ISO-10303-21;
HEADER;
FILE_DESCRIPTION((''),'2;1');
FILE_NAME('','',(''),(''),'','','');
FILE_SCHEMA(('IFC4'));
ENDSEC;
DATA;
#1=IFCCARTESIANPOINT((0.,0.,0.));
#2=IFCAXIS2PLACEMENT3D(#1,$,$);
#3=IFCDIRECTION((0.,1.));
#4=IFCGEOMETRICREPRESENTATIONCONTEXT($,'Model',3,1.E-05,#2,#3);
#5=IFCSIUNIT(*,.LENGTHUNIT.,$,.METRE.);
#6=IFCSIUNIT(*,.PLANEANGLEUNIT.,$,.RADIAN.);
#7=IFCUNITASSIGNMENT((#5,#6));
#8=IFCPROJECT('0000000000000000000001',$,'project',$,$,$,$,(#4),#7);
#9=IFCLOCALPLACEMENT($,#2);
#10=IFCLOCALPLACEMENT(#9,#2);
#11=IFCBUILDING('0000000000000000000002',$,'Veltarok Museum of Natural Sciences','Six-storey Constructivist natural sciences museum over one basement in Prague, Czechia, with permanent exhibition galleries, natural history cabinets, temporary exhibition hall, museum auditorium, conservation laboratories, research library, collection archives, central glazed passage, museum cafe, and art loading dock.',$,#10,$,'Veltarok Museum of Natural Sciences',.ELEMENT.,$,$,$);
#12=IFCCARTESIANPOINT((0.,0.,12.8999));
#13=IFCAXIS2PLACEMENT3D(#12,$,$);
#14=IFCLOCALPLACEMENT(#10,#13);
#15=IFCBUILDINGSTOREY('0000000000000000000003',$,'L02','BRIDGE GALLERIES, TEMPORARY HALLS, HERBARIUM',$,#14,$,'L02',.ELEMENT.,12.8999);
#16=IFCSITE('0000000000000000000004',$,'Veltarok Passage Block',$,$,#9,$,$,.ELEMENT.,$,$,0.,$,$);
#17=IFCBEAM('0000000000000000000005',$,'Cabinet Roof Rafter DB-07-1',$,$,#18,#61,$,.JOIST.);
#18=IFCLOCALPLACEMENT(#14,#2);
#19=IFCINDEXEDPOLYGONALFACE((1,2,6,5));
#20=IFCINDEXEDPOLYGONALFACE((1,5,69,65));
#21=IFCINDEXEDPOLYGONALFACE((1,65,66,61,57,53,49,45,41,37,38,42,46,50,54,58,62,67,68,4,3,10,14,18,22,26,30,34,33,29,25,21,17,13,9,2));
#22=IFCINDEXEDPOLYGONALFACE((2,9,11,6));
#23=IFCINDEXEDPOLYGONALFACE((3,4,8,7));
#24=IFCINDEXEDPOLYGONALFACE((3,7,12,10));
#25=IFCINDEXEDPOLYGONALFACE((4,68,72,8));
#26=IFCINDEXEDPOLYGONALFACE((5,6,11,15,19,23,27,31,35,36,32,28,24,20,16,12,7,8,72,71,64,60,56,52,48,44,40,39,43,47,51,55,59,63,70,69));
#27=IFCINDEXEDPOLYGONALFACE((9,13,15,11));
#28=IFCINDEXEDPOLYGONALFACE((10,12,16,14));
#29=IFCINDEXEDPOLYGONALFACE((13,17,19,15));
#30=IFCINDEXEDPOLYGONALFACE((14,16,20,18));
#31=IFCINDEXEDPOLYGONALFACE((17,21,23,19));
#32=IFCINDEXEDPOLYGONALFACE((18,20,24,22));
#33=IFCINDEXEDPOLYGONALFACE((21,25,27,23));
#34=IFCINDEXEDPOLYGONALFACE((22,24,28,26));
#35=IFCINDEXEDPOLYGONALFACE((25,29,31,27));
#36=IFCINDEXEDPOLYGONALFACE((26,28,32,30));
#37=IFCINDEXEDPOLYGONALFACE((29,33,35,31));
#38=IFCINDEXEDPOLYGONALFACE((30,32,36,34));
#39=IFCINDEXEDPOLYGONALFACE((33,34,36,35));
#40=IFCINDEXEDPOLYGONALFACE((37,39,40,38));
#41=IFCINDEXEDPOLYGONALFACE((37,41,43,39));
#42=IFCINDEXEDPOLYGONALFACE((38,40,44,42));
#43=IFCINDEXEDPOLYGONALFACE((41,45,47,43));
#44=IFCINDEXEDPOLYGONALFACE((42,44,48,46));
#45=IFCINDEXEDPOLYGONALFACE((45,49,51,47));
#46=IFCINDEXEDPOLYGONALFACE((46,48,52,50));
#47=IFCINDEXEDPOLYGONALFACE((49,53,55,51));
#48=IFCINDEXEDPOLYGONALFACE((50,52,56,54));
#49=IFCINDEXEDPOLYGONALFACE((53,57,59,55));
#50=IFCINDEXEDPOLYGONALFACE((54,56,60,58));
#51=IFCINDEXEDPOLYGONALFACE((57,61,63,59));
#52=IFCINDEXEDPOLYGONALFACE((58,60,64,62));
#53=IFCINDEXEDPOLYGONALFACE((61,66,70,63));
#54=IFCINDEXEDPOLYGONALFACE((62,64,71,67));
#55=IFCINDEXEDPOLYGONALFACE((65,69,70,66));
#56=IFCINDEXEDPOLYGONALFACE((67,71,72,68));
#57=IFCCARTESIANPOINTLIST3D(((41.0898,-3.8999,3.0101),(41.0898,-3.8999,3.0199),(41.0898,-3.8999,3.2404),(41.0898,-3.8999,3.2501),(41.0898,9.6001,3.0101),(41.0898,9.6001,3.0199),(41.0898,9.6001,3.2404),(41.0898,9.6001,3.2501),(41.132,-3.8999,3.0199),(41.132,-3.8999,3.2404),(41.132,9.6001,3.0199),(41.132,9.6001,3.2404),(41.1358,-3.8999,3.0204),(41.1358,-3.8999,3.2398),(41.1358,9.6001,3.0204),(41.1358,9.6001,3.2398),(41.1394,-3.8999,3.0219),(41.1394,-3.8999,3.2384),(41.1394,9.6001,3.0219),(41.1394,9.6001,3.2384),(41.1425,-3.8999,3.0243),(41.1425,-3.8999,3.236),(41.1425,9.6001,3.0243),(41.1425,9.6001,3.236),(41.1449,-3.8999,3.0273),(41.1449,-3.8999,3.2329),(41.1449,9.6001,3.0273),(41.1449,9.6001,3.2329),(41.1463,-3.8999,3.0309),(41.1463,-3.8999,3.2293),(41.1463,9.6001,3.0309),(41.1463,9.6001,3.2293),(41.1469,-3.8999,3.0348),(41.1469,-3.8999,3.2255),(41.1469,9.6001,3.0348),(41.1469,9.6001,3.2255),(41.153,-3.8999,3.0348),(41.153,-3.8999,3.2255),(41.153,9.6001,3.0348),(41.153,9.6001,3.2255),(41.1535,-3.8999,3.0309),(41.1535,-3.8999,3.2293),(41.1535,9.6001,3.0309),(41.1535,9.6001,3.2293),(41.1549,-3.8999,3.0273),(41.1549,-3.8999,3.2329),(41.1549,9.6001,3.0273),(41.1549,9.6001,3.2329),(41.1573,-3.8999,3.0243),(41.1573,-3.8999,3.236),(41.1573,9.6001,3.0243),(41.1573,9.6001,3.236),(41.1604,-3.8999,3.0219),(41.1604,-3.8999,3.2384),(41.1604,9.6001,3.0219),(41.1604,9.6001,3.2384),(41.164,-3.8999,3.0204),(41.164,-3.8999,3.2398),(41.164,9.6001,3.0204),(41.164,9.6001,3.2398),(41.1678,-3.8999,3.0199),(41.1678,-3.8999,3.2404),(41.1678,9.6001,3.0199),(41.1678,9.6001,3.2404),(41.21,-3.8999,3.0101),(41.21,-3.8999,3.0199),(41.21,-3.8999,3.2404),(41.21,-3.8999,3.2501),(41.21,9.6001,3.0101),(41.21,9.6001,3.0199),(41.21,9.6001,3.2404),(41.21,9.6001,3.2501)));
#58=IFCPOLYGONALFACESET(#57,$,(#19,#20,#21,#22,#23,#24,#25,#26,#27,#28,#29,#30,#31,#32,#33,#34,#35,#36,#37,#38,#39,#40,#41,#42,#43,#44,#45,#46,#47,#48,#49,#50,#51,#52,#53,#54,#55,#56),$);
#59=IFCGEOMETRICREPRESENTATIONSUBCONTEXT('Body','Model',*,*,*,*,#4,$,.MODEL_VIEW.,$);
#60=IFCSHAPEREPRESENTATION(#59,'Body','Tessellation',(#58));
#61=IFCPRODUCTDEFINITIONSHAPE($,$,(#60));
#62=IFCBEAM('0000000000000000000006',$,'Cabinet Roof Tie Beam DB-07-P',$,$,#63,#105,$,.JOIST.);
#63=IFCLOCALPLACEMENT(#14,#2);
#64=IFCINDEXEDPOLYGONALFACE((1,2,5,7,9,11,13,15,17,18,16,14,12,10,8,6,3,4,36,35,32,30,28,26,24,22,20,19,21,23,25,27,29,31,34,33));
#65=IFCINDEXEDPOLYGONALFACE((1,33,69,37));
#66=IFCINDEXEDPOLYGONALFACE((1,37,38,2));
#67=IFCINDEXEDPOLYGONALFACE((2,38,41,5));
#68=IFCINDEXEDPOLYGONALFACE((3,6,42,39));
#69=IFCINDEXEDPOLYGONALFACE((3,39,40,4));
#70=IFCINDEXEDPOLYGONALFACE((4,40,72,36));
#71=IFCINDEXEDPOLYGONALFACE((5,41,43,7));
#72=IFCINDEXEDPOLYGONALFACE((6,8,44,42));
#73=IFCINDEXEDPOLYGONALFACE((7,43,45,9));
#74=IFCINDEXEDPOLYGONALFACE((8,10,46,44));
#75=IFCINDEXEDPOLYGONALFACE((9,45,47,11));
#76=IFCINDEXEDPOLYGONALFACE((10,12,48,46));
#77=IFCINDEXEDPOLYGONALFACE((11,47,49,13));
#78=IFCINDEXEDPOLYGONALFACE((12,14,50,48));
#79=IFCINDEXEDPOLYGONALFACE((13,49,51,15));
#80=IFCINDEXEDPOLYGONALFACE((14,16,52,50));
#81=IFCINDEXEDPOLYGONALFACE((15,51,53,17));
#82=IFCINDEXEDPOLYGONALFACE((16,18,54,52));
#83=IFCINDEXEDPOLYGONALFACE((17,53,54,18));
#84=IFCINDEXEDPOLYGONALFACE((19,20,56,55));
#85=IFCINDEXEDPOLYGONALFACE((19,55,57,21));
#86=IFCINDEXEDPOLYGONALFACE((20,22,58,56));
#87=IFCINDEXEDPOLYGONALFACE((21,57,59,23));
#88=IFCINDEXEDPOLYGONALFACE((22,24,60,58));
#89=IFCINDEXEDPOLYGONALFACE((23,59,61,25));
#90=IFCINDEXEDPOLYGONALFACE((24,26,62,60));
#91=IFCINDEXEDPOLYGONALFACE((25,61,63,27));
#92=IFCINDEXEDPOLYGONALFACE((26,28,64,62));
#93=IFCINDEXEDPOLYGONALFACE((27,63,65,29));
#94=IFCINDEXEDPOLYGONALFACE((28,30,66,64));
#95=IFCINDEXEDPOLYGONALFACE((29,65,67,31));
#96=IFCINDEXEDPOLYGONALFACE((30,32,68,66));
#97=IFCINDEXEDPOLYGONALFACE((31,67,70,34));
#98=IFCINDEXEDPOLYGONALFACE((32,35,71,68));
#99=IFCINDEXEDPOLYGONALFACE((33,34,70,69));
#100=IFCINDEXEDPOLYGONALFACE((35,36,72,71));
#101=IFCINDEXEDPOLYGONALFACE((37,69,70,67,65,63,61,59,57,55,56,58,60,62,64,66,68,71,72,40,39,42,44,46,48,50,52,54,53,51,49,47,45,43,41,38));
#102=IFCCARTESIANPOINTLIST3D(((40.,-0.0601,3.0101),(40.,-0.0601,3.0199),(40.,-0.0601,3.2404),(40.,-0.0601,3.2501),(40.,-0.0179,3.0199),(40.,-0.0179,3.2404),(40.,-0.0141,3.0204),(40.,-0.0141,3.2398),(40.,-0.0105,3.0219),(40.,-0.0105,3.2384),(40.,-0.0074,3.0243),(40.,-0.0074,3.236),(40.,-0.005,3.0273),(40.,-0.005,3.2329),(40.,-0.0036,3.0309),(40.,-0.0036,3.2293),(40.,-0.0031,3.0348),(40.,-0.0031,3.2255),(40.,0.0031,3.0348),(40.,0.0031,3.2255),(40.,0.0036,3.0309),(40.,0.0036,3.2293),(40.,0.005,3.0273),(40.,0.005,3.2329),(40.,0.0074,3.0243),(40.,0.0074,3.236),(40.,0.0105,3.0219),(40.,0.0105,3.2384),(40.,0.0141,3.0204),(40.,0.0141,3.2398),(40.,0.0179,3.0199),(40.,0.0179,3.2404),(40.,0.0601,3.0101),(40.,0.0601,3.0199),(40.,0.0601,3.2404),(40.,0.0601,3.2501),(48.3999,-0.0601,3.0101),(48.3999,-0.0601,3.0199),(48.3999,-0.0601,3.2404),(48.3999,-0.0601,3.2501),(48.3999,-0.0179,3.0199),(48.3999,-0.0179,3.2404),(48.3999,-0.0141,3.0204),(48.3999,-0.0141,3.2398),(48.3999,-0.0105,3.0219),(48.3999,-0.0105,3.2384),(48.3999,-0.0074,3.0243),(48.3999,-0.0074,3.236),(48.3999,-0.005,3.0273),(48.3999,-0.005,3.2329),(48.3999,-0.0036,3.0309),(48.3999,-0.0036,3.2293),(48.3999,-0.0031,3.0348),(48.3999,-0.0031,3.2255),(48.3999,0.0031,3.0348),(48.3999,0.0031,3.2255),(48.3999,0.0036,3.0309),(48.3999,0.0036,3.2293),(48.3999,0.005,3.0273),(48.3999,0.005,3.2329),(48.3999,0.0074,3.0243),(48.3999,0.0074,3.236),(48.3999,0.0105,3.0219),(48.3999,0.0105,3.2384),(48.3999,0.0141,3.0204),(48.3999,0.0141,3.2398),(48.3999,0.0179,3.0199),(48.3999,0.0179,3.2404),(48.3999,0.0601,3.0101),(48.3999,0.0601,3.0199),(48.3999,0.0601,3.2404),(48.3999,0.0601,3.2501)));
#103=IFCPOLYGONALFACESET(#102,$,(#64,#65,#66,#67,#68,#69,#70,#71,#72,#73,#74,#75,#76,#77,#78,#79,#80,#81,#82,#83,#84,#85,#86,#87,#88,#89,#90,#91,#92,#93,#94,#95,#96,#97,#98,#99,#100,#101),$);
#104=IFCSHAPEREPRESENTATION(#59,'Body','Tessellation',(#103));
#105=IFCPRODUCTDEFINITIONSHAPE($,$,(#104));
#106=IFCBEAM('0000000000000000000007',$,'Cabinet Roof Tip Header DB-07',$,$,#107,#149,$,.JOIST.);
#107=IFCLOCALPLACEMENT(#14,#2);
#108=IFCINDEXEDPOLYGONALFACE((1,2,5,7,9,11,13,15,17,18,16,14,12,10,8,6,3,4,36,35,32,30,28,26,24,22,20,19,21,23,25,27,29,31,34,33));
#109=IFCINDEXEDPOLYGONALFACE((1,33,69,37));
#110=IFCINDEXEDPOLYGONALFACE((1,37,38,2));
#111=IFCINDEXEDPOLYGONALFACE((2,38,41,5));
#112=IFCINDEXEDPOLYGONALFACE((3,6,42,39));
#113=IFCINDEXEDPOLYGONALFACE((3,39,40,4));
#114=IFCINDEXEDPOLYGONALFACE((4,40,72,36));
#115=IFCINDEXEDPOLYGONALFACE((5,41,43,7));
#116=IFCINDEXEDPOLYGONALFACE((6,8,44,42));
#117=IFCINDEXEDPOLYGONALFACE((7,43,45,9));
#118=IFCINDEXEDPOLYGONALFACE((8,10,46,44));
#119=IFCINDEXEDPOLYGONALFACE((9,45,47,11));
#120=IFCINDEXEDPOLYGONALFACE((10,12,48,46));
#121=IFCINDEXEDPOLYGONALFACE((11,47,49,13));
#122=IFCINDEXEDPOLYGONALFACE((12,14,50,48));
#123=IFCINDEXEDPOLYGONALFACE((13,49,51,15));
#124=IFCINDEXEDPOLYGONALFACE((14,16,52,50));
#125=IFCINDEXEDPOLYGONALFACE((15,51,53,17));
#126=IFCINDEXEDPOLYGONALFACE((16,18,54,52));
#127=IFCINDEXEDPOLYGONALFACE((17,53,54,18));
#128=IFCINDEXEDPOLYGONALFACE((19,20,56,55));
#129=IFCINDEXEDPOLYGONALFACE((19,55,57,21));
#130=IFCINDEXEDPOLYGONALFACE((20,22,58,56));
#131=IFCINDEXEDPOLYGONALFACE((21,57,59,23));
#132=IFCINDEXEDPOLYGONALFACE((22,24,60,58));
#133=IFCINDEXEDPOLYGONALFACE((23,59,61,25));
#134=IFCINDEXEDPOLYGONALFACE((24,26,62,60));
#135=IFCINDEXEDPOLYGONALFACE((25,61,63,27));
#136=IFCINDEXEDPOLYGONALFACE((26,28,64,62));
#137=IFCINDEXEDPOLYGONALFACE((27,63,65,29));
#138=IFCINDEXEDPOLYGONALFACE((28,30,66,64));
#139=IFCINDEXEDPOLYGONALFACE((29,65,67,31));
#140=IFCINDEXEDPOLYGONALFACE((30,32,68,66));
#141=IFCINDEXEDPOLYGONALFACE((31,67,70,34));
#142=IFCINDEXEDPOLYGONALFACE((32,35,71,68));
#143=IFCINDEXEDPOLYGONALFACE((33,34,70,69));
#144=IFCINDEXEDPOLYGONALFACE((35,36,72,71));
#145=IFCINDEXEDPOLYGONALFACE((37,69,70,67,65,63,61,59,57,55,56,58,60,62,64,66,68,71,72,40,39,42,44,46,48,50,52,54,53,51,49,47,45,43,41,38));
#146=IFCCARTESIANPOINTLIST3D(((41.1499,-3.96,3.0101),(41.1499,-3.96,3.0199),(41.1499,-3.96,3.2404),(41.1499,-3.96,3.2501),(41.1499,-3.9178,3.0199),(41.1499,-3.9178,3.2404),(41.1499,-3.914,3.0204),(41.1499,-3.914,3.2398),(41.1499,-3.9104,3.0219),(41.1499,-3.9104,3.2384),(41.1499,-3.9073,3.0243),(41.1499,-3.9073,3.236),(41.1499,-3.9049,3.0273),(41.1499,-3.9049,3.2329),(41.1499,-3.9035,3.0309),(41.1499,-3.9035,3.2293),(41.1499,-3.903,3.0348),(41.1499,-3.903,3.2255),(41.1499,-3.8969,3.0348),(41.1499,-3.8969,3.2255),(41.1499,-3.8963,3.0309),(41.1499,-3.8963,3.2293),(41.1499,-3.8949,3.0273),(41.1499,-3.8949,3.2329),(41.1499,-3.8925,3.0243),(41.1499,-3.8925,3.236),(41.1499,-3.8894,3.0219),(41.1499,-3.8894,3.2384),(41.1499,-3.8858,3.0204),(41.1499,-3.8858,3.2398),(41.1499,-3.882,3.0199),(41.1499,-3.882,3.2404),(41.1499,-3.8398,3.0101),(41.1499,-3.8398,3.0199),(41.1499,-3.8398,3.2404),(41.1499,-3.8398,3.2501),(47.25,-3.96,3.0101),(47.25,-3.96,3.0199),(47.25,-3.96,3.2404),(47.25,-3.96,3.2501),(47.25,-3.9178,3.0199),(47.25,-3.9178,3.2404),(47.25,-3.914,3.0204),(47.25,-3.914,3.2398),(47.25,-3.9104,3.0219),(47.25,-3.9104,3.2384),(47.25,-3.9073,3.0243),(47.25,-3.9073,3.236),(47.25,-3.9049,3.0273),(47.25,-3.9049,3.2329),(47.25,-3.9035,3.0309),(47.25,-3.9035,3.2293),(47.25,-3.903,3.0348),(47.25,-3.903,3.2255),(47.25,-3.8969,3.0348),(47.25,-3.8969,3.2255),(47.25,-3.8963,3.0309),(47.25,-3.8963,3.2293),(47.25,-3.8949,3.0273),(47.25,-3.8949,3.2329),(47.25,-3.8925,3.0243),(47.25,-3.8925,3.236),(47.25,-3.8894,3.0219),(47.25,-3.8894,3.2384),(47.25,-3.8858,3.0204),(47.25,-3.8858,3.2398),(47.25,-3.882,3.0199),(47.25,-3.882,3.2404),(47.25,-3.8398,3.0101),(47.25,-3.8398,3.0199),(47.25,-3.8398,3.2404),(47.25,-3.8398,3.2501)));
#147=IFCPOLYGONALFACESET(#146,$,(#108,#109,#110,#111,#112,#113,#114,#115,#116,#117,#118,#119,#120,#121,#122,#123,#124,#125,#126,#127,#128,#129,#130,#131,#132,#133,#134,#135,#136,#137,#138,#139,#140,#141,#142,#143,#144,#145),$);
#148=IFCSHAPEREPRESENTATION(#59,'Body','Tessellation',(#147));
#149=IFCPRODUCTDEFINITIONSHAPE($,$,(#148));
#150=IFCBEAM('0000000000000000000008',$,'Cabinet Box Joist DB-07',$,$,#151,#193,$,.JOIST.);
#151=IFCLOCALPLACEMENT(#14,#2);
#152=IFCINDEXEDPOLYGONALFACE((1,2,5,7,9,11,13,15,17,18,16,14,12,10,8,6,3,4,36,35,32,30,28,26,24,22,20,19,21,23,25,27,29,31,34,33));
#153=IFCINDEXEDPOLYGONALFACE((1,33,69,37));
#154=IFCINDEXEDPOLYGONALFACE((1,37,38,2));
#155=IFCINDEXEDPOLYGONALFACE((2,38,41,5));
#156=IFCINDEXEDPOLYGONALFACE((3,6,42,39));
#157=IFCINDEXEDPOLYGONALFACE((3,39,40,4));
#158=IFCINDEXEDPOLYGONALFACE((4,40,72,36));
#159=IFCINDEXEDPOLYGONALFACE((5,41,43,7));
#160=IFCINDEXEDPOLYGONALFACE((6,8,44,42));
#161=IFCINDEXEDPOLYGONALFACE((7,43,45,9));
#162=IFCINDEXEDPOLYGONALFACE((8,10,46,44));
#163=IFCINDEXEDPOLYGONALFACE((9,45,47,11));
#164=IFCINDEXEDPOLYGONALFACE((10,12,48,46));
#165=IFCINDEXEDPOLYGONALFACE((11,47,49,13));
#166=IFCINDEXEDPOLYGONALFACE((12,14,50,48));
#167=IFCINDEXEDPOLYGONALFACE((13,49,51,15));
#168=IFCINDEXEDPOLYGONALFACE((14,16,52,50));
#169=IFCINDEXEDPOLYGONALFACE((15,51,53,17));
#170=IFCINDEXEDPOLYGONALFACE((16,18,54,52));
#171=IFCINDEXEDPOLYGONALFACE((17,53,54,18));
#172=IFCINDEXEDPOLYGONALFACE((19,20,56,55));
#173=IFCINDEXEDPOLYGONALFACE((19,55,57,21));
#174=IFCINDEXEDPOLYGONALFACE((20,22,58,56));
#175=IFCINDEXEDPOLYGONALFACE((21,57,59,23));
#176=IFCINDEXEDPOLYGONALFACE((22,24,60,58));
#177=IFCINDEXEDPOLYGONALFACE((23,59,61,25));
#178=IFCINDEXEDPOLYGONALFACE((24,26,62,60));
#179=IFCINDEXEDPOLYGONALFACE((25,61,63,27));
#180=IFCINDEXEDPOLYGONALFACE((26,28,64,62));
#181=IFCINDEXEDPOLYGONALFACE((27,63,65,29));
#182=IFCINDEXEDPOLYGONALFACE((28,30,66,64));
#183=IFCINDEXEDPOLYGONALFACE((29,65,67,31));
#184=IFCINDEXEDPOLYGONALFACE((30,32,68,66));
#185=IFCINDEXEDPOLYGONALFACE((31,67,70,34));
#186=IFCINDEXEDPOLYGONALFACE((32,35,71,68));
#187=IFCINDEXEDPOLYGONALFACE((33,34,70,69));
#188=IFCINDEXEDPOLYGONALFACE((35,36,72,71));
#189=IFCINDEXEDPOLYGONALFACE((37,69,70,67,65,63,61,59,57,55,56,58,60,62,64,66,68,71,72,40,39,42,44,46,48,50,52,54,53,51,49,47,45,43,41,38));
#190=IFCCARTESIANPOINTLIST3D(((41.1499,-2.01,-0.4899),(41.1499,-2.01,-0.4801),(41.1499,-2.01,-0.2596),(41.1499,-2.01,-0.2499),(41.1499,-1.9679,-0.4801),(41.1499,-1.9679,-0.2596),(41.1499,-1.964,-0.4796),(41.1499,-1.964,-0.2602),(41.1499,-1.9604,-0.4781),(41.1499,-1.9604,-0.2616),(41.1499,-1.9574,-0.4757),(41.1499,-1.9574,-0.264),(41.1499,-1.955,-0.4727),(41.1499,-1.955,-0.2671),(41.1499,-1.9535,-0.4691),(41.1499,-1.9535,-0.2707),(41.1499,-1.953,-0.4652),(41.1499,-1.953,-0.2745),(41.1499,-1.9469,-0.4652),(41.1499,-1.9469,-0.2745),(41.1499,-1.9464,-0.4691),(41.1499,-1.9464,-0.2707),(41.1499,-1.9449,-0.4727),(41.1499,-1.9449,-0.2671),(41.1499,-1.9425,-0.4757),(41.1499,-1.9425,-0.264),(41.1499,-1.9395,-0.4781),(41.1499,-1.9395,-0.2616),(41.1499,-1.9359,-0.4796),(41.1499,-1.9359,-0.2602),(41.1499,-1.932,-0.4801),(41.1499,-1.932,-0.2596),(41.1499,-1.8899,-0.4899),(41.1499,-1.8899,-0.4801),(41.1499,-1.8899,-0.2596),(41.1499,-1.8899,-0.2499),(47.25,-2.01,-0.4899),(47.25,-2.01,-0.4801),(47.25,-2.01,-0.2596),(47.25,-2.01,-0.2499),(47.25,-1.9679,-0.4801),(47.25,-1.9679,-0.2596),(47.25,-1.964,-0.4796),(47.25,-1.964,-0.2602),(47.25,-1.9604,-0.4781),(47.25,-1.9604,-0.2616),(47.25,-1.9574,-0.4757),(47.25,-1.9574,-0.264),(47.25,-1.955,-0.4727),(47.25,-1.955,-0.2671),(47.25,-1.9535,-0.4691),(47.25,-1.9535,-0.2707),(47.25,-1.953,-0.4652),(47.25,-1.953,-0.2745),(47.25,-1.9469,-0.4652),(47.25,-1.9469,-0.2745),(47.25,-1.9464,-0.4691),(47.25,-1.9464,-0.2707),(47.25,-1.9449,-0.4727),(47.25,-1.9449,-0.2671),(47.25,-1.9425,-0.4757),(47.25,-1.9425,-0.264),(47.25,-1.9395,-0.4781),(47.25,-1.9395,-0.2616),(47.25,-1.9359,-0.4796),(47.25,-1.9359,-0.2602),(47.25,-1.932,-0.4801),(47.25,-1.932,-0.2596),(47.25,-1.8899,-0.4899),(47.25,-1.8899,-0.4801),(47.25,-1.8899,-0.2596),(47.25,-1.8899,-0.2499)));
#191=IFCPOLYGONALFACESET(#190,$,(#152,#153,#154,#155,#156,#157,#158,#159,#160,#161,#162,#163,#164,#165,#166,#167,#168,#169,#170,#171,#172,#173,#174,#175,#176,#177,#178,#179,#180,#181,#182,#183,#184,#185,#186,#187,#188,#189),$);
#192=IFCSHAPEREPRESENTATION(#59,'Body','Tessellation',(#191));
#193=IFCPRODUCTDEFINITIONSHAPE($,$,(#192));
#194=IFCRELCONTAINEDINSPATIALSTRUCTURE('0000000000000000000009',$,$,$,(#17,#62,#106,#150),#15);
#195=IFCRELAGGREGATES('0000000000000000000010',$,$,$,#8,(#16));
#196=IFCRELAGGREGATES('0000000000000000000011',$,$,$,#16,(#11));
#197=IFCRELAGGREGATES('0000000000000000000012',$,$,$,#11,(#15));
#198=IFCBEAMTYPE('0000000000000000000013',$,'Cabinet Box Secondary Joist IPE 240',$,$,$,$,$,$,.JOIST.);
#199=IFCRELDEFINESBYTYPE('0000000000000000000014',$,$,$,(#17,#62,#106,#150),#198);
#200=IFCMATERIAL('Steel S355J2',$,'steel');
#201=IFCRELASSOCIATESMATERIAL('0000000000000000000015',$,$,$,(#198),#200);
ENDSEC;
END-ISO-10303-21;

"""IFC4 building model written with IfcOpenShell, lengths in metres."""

from ifc_helpers import new_model, si_unit, direction, frame, origin, origin_2d, place, context, subcontext, project, spatial, i_section, extrude, material, material_profile, profile_set, type_object, element, save


model = new_model("IFC4")

# Units and contexts
model_context = context("Model", 3, precision=1e-05, world=origin(), true_north=direction((0.0, 1.0)))
body_context = subcontext(model_context, "Body", "Model", "MODEL_VIEW")
ifc_project = project(units=[si_unit("LENGTHUNIT", "METRE"), si_unit("PLANEANGLEUNIT", "RADIAN")], contexts=[model_context])

# Site, building, storey
site_placement = place(None, origin())
site = spatial("IfcSite", under=ifc_project, at=site_placement, Name="Veltarok Passage Block", CompositionType="ELEMENT", RefElevation=0.0)
building_placement = place(site_placement, origin())
building = spatial("IfcBuilding", under=site, at=building_placement, Name="Veltarok Museum of Natural Sciences", Description="Six-storey Constructivist natural sciences museum over one basement in Prague, Czechia, with permanent exhibition galleries, natural history cabinets, temporary exhibition hall, museum auditorium, conservation laboratories, research library, collection archives, central glazed passage, museum cafe, and art loading dock.", LongName="Veltarok Museum of Natural Sciences", CompositionType="ELEMENT")
storey_placement = place(building_placement, frame((0.0, 0.0, 12.8999)))
storey = spatial("IfcBuildingStorey", under=building, at=storey_placement, Name="L02", Description="BRIDGE GALLERIES, TEMPORARY HALLS, HERBARIUM", LongName="L02", CompositionType="ELEMENT", Elevation=12.8999)

# Shared definitions
ifc_material_1 = material(Name="Steel S355J2", Category="steel")

# Beams
ifc_material_profile_1 = material_profile(ifc_material_1, i_section(OverallWidth=0.1201, OverallDepth=0.24, WebThickness=0.0061, FlangeThickness=0.0098, FilletRadius=0.0149, at=origin_2d()), Name="IPE 240")
ifc_profile_set_1 = profile_set([ifc_material_profile_1], Name="Steel S355J2")
beam_type_1 = type_object("IfcBeamType", Name="Cabinet Box Secondary Joist IPE 240", PredefinedType="JOIST", material=ifc_profile_set_1)
beam_1_placement = place(storey_placement, frame((41.1499, -3.8999, 3.1301), z_axis=(0.0, 1.0, 0.0), x_axis=(-1.0, 0.0, 0.0)))
element("IfcBeam", 1, at=beam_1_placement, inside=storey, type_object=beam_type_1, Name="Cabinet Roof Rafter DB-07-1", PredefinedType="JOIST", context=body_context, shape_type="SweptSolid", body=[
    extrude(i_section(OverallWidth=0.1201, OverallDepth=0.24, WebThickness=0.0061, FlangeThickness=0.0098, FilletRadius=0.0149, at=origin_2d()), origin(), (0.0, 0.0, 1.0), 13.5),
])
beam_2_placement = place(storey_placement, frame((40.0, 0.0, 3.1301), z_axis=(1.0, 0.0, 0.0), x_axis=(0.0, 1.0, 0.0)))
element("IfcBeam", 2, at=beam_2_placement, inside=storey, type_object=beam_type_1, Name="Cabinet Roof Tie Beam DB-07-P", PredefinedType="JOIST", context=body_context, shape_type="SweptSolid", body=[
    extrude(i_section(OverallWidth=0.1201, OverallDepth=0.24, WebThickness=0.0061, FlangeThickness=0.0098, FilletRadius=0.0149, at=origin_2d()), origin(), (0.0, 0.0, 1.0), 8.3999),
])
for number, where, z_axis, x_axis, name in (
    (3, (41.1499, -3.8999, 3.1301), (1.0, 0.0, 0.0), (0.0, 1.0, 0.0), "Cabinet Roof Tip Header DB-07"),
    (4, (41.1499, -1.95, -0.3699), (1.0, 0.0, 0.0), (0.0, 1.0, 0.0), "Cabinet Box Joist DB-07"),
):
    element("IfcBeam", number, at=place(storey_placement, frame(where, z_axis=z_axis, x_axis=x_axis)), inside=storey, type_object=beam_type_1, Name=name, PredefinedType="JOIST", context=body_context, shape_type="SweptSolid", body=[
        extrude(i_section(OverallWidth=0.1201, OverallDepth=0.24, WebThickness=0.0061, FlangeThickness=0.0098, FilletRadius=0.0149, at=origin_2d()), origin(), (0.0, 0.0, 1.0), 6.1001),
    ])

save(model, "model.ifc")
